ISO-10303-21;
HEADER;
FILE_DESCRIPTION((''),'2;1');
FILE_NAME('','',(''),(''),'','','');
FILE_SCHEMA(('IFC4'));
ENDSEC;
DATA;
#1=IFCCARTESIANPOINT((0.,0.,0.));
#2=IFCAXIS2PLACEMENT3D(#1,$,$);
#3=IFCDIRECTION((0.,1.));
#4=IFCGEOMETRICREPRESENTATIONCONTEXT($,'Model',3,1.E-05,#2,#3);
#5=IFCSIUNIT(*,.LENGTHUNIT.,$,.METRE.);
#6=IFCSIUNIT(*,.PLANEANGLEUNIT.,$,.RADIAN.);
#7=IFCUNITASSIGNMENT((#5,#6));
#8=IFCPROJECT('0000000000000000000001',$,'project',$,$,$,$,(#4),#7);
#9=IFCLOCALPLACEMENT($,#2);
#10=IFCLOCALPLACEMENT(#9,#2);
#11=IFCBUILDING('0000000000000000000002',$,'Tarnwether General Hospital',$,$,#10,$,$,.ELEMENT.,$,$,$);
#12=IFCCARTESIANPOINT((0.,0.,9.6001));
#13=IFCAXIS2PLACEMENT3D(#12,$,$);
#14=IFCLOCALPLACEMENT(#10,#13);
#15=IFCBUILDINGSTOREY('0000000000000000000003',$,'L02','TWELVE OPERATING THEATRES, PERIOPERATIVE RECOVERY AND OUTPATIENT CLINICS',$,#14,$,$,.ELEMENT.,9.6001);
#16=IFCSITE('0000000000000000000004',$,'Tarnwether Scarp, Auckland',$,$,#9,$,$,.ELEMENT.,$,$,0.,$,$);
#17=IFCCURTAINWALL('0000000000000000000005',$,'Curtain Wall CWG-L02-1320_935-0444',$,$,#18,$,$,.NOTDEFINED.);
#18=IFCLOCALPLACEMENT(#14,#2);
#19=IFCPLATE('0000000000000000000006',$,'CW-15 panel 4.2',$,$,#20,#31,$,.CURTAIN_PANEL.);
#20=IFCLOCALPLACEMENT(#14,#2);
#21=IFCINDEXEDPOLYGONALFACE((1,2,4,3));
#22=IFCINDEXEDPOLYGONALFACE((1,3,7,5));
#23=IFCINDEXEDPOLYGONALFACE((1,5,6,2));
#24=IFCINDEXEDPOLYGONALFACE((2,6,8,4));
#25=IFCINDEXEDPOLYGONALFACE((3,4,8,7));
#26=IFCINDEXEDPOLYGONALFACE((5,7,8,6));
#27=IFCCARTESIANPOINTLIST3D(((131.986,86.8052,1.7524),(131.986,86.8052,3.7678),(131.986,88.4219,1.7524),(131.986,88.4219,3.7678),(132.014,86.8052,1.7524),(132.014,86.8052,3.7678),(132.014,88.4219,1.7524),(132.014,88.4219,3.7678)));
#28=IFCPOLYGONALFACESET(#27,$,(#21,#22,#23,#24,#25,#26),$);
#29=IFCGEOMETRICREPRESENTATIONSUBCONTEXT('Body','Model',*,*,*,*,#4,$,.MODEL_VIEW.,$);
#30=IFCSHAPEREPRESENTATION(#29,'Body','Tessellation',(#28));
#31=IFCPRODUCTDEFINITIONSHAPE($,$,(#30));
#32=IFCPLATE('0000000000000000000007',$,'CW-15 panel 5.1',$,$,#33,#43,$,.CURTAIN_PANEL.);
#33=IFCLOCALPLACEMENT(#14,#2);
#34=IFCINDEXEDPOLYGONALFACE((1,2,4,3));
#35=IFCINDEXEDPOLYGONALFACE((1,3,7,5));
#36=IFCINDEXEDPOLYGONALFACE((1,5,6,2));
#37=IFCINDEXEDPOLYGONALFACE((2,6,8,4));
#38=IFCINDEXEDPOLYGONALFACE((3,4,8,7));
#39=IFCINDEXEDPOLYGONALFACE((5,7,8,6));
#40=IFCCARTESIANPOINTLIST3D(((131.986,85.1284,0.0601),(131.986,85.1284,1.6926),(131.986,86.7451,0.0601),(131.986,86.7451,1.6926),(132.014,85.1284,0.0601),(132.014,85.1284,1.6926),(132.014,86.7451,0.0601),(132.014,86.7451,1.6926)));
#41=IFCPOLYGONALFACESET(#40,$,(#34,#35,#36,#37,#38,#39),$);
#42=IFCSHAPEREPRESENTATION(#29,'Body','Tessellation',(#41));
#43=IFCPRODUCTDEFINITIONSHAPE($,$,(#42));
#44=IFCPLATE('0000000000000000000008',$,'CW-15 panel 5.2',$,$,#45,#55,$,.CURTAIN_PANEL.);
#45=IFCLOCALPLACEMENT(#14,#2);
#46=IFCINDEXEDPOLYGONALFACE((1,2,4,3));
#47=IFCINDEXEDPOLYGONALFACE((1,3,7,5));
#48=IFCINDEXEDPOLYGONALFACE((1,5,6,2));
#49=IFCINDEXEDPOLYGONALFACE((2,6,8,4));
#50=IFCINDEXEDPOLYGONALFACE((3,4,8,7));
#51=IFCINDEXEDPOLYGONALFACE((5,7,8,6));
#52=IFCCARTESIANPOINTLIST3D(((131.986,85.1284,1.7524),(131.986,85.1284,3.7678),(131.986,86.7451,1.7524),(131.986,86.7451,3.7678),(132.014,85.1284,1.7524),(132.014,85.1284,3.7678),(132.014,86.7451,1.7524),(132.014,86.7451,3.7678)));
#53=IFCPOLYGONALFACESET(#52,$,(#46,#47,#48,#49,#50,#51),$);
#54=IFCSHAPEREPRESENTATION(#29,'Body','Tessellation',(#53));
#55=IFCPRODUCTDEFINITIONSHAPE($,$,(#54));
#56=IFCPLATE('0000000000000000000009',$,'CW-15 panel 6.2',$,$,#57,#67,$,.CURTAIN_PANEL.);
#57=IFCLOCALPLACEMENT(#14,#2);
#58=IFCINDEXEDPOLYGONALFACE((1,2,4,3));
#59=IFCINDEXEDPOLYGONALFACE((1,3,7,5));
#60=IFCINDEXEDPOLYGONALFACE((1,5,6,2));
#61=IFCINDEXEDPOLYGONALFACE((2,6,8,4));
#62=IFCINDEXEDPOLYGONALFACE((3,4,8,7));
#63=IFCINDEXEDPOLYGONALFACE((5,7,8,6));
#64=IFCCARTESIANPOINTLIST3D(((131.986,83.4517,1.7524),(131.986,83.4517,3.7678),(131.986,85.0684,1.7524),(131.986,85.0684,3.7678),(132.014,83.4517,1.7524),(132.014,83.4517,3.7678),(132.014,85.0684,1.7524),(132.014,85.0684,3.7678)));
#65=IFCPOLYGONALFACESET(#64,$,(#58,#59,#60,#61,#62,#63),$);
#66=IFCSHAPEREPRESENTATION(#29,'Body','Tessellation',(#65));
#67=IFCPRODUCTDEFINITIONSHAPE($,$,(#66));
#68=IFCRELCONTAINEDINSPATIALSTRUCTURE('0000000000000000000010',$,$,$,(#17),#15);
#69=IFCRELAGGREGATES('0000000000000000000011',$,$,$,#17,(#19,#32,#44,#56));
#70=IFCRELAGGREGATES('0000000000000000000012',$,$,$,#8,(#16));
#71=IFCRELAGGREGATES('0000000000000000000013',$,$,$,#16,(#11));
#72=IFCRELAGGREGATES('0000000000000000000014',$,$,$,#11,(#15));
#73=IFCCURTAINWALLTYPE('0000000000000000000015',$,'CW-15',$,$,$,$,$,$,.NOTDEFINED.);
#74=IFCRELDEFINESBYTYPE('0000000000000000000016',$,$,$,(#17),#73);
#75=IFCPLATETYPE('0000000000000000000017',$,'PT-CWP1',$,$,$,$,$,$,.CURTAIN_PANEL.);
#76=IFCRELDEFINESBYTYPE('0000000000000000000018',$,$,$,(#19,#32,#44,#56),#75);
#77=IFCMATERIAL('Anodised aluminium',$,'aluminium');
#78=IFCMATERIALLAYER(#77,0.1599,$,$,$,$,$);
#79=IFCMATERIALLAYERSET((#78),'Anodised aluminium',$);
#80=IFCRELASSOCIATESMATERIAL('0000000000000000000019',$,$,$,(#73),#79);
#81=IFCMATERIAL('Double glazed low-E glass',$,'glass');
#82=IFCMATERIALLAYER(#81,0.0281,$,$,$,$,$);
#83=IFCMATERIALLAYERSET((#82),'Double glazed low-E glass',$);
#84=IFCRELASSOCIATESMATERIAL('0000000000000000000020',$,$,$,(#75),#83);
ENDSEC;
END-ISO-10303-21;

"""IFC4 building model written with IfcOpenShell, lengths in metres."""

from ifc_helpers import new_model, si_unit, direction, frame, origin, origin_2d, place, context, subcontext, project, spatial, rectangle, extrude, material, layer, layer_set, type_object, element, aggregate, save


model = new_model("IFC4")

# Units and contexts
model_context = context("Model", 3, precision=1e-05, world=origin(), true_north=direction((0.0, 1.0)))
body_context = subcontext(model_context, "Body", "Model", "MODEL_VIEW")
ifc_project = project(units=[si_unit("LENGTHUNIT", "METRE"), si_unit("PLANEANGLEUNIT", "RADIAN")], contexts=[model_context])

# Site, building, storey
site_placement = place(None, origin())
site = spatial("IfcSite", under=ifc_project, at=site_placement, Name="Tarnwether Scarp, Auckland", CompositionType="ELEMENT", RefElevation=0.0)
building_placement = place(site_placement, origin())
building = spatial("IfcBuilding", under=site, at=building_placement, Name="Tarnwether General Hospital", CompositionType="ELEMENT")
storey_placement = place(building_placement, frame((0.0, 0.0, 9.6001)))
storey = spatial("IfcBuildingStorey", under=building, at=storey_placement, Name="L02", Description="TWELVE OPERATING THEATRES, PERIOPERATIVE RECOVERY AND OUTPATIENT CLINICS", CompositionType="ELEMENT", Elevation=9.6001)

# Curtain wall, plates
ifc_material_1 = material(Name="Anodised aluminium", Category="aluminium")
ifc_layer_1 = layer(ifc_material_1, 0.1599)
ifc_layer_set_1 = layer_set([ifc_layer_1], Name="Anodised aluminium")
curtain_wall_type = type_object("IfcCurtainWallType", Name="CW-15", PredefinedType="NOTDEFINED", material=ifc_layer_set_1)
curtain_wall_placement = place(storey_placement, origin())
curtain_wall = element("IfcCurtainWall", 1, at=curtain_wall_placement, inside=storey, type_object=curtain_wall_type, Name="Curtain Wall CWG-L02-1320_935-0444", PredefinedType="NOTDEFINED")
ifc_material_2 = material(Name="Double glazed low-E glass", Category="glass")
ifc_layer_2 = layer(ifc_material_2, 0.0281)
ifc_layer_set_2 = layer_set([ifc_layer_2], Name="Double glazed low-E glass")
plate_type = type_object("IfcPlateType", Name="PT-CWP1", PredefinedType="CURTAIN_PANEL", material=ifc_layer_set_2)
plate_1_placement = place(storey_placement, frame((132.0, 87.6135, 1.7524), z_axis=(0.0, 0.0, 1.0), x_axis=(0.0, -1.0, 0.0)))
plate_1 = element("IfcPlate", 2, at=plate_1_placement, type_object=plate_type, Name="CW-15 panel 4.2", PredefinedType="CURTAIN_PANEL", context=body_context, shape_type="SweptSolid", body=[
    extrude(rectangle(XDim=1.6167, YDim=0.0281, at=origin_2d()), origin(), (0.0, 0.0, 1.0), 2.0154),
])
plate_2_placement = place(storey_placement, frame((132.0, 85.9368, 0.0601), z_axis=(0.0, 0.0, 1.0), x_axis=(0.0, -1.0, 0.0)))
plate_2 = element("IfcPlate", 3, at=plate_2_placement, type_object=plate_type, Name="CW-15 panel 5.1", PredefinedType="CURTAIN_PANEL", context=body_context, shape_type="SweptSolid", body=[
    extrude(rectangle(XDim=1.6167, YDim=0.0281, at=origin_2d()), origin(), (0.0, 0.0, 1.0), 1.6326),
])
plate_3_placement = place(storey_placement, frame((132.0, 85.9368, 1.7524), z_axis=(0.0, 0.0, 1.0), x_axis=(0.0, -1.0, 0.0)))
plate_3 = element("IfcPlate", 4, at=plate_3_placement, type_object=plate_type, Name="CW-15 panel 5.2", PredefinedType="CURTAIN_PANEL", context=body_context, shape_type="SweptSolid", body=[
    extrude(rectangle(XDim=1.6167, YDim=0.0281, at=origin_2d()), origin(), (0.0, 0.0, 1.0), 2.0154),
])
plate_4_placement = place(storey_placement, frame((132.0, 84.26, 1.7524), z_axis=(0.0, 0.0, 1.0), x_axis=(0.0, -1.0, 0.0)))
plate_4 = element("IfcPlate", 5, at=plate_4_placement, type_object=plate_type, Name="CW-15 panel 6.2", PredefinedType="CURTAIN_PANEL", context=body_context, shape_type="SweptSolid", body=[
    extrude(rectangle(XDim=1.6167, YDim=0.0281, at=origin_2d()), origin(), (0.0, 0.0, 1.0), 2.0154),
])
aggregate(curtain_wall, [plate_1, plate_2, plate_3, plate_4])

save(model, "model.ifc")
